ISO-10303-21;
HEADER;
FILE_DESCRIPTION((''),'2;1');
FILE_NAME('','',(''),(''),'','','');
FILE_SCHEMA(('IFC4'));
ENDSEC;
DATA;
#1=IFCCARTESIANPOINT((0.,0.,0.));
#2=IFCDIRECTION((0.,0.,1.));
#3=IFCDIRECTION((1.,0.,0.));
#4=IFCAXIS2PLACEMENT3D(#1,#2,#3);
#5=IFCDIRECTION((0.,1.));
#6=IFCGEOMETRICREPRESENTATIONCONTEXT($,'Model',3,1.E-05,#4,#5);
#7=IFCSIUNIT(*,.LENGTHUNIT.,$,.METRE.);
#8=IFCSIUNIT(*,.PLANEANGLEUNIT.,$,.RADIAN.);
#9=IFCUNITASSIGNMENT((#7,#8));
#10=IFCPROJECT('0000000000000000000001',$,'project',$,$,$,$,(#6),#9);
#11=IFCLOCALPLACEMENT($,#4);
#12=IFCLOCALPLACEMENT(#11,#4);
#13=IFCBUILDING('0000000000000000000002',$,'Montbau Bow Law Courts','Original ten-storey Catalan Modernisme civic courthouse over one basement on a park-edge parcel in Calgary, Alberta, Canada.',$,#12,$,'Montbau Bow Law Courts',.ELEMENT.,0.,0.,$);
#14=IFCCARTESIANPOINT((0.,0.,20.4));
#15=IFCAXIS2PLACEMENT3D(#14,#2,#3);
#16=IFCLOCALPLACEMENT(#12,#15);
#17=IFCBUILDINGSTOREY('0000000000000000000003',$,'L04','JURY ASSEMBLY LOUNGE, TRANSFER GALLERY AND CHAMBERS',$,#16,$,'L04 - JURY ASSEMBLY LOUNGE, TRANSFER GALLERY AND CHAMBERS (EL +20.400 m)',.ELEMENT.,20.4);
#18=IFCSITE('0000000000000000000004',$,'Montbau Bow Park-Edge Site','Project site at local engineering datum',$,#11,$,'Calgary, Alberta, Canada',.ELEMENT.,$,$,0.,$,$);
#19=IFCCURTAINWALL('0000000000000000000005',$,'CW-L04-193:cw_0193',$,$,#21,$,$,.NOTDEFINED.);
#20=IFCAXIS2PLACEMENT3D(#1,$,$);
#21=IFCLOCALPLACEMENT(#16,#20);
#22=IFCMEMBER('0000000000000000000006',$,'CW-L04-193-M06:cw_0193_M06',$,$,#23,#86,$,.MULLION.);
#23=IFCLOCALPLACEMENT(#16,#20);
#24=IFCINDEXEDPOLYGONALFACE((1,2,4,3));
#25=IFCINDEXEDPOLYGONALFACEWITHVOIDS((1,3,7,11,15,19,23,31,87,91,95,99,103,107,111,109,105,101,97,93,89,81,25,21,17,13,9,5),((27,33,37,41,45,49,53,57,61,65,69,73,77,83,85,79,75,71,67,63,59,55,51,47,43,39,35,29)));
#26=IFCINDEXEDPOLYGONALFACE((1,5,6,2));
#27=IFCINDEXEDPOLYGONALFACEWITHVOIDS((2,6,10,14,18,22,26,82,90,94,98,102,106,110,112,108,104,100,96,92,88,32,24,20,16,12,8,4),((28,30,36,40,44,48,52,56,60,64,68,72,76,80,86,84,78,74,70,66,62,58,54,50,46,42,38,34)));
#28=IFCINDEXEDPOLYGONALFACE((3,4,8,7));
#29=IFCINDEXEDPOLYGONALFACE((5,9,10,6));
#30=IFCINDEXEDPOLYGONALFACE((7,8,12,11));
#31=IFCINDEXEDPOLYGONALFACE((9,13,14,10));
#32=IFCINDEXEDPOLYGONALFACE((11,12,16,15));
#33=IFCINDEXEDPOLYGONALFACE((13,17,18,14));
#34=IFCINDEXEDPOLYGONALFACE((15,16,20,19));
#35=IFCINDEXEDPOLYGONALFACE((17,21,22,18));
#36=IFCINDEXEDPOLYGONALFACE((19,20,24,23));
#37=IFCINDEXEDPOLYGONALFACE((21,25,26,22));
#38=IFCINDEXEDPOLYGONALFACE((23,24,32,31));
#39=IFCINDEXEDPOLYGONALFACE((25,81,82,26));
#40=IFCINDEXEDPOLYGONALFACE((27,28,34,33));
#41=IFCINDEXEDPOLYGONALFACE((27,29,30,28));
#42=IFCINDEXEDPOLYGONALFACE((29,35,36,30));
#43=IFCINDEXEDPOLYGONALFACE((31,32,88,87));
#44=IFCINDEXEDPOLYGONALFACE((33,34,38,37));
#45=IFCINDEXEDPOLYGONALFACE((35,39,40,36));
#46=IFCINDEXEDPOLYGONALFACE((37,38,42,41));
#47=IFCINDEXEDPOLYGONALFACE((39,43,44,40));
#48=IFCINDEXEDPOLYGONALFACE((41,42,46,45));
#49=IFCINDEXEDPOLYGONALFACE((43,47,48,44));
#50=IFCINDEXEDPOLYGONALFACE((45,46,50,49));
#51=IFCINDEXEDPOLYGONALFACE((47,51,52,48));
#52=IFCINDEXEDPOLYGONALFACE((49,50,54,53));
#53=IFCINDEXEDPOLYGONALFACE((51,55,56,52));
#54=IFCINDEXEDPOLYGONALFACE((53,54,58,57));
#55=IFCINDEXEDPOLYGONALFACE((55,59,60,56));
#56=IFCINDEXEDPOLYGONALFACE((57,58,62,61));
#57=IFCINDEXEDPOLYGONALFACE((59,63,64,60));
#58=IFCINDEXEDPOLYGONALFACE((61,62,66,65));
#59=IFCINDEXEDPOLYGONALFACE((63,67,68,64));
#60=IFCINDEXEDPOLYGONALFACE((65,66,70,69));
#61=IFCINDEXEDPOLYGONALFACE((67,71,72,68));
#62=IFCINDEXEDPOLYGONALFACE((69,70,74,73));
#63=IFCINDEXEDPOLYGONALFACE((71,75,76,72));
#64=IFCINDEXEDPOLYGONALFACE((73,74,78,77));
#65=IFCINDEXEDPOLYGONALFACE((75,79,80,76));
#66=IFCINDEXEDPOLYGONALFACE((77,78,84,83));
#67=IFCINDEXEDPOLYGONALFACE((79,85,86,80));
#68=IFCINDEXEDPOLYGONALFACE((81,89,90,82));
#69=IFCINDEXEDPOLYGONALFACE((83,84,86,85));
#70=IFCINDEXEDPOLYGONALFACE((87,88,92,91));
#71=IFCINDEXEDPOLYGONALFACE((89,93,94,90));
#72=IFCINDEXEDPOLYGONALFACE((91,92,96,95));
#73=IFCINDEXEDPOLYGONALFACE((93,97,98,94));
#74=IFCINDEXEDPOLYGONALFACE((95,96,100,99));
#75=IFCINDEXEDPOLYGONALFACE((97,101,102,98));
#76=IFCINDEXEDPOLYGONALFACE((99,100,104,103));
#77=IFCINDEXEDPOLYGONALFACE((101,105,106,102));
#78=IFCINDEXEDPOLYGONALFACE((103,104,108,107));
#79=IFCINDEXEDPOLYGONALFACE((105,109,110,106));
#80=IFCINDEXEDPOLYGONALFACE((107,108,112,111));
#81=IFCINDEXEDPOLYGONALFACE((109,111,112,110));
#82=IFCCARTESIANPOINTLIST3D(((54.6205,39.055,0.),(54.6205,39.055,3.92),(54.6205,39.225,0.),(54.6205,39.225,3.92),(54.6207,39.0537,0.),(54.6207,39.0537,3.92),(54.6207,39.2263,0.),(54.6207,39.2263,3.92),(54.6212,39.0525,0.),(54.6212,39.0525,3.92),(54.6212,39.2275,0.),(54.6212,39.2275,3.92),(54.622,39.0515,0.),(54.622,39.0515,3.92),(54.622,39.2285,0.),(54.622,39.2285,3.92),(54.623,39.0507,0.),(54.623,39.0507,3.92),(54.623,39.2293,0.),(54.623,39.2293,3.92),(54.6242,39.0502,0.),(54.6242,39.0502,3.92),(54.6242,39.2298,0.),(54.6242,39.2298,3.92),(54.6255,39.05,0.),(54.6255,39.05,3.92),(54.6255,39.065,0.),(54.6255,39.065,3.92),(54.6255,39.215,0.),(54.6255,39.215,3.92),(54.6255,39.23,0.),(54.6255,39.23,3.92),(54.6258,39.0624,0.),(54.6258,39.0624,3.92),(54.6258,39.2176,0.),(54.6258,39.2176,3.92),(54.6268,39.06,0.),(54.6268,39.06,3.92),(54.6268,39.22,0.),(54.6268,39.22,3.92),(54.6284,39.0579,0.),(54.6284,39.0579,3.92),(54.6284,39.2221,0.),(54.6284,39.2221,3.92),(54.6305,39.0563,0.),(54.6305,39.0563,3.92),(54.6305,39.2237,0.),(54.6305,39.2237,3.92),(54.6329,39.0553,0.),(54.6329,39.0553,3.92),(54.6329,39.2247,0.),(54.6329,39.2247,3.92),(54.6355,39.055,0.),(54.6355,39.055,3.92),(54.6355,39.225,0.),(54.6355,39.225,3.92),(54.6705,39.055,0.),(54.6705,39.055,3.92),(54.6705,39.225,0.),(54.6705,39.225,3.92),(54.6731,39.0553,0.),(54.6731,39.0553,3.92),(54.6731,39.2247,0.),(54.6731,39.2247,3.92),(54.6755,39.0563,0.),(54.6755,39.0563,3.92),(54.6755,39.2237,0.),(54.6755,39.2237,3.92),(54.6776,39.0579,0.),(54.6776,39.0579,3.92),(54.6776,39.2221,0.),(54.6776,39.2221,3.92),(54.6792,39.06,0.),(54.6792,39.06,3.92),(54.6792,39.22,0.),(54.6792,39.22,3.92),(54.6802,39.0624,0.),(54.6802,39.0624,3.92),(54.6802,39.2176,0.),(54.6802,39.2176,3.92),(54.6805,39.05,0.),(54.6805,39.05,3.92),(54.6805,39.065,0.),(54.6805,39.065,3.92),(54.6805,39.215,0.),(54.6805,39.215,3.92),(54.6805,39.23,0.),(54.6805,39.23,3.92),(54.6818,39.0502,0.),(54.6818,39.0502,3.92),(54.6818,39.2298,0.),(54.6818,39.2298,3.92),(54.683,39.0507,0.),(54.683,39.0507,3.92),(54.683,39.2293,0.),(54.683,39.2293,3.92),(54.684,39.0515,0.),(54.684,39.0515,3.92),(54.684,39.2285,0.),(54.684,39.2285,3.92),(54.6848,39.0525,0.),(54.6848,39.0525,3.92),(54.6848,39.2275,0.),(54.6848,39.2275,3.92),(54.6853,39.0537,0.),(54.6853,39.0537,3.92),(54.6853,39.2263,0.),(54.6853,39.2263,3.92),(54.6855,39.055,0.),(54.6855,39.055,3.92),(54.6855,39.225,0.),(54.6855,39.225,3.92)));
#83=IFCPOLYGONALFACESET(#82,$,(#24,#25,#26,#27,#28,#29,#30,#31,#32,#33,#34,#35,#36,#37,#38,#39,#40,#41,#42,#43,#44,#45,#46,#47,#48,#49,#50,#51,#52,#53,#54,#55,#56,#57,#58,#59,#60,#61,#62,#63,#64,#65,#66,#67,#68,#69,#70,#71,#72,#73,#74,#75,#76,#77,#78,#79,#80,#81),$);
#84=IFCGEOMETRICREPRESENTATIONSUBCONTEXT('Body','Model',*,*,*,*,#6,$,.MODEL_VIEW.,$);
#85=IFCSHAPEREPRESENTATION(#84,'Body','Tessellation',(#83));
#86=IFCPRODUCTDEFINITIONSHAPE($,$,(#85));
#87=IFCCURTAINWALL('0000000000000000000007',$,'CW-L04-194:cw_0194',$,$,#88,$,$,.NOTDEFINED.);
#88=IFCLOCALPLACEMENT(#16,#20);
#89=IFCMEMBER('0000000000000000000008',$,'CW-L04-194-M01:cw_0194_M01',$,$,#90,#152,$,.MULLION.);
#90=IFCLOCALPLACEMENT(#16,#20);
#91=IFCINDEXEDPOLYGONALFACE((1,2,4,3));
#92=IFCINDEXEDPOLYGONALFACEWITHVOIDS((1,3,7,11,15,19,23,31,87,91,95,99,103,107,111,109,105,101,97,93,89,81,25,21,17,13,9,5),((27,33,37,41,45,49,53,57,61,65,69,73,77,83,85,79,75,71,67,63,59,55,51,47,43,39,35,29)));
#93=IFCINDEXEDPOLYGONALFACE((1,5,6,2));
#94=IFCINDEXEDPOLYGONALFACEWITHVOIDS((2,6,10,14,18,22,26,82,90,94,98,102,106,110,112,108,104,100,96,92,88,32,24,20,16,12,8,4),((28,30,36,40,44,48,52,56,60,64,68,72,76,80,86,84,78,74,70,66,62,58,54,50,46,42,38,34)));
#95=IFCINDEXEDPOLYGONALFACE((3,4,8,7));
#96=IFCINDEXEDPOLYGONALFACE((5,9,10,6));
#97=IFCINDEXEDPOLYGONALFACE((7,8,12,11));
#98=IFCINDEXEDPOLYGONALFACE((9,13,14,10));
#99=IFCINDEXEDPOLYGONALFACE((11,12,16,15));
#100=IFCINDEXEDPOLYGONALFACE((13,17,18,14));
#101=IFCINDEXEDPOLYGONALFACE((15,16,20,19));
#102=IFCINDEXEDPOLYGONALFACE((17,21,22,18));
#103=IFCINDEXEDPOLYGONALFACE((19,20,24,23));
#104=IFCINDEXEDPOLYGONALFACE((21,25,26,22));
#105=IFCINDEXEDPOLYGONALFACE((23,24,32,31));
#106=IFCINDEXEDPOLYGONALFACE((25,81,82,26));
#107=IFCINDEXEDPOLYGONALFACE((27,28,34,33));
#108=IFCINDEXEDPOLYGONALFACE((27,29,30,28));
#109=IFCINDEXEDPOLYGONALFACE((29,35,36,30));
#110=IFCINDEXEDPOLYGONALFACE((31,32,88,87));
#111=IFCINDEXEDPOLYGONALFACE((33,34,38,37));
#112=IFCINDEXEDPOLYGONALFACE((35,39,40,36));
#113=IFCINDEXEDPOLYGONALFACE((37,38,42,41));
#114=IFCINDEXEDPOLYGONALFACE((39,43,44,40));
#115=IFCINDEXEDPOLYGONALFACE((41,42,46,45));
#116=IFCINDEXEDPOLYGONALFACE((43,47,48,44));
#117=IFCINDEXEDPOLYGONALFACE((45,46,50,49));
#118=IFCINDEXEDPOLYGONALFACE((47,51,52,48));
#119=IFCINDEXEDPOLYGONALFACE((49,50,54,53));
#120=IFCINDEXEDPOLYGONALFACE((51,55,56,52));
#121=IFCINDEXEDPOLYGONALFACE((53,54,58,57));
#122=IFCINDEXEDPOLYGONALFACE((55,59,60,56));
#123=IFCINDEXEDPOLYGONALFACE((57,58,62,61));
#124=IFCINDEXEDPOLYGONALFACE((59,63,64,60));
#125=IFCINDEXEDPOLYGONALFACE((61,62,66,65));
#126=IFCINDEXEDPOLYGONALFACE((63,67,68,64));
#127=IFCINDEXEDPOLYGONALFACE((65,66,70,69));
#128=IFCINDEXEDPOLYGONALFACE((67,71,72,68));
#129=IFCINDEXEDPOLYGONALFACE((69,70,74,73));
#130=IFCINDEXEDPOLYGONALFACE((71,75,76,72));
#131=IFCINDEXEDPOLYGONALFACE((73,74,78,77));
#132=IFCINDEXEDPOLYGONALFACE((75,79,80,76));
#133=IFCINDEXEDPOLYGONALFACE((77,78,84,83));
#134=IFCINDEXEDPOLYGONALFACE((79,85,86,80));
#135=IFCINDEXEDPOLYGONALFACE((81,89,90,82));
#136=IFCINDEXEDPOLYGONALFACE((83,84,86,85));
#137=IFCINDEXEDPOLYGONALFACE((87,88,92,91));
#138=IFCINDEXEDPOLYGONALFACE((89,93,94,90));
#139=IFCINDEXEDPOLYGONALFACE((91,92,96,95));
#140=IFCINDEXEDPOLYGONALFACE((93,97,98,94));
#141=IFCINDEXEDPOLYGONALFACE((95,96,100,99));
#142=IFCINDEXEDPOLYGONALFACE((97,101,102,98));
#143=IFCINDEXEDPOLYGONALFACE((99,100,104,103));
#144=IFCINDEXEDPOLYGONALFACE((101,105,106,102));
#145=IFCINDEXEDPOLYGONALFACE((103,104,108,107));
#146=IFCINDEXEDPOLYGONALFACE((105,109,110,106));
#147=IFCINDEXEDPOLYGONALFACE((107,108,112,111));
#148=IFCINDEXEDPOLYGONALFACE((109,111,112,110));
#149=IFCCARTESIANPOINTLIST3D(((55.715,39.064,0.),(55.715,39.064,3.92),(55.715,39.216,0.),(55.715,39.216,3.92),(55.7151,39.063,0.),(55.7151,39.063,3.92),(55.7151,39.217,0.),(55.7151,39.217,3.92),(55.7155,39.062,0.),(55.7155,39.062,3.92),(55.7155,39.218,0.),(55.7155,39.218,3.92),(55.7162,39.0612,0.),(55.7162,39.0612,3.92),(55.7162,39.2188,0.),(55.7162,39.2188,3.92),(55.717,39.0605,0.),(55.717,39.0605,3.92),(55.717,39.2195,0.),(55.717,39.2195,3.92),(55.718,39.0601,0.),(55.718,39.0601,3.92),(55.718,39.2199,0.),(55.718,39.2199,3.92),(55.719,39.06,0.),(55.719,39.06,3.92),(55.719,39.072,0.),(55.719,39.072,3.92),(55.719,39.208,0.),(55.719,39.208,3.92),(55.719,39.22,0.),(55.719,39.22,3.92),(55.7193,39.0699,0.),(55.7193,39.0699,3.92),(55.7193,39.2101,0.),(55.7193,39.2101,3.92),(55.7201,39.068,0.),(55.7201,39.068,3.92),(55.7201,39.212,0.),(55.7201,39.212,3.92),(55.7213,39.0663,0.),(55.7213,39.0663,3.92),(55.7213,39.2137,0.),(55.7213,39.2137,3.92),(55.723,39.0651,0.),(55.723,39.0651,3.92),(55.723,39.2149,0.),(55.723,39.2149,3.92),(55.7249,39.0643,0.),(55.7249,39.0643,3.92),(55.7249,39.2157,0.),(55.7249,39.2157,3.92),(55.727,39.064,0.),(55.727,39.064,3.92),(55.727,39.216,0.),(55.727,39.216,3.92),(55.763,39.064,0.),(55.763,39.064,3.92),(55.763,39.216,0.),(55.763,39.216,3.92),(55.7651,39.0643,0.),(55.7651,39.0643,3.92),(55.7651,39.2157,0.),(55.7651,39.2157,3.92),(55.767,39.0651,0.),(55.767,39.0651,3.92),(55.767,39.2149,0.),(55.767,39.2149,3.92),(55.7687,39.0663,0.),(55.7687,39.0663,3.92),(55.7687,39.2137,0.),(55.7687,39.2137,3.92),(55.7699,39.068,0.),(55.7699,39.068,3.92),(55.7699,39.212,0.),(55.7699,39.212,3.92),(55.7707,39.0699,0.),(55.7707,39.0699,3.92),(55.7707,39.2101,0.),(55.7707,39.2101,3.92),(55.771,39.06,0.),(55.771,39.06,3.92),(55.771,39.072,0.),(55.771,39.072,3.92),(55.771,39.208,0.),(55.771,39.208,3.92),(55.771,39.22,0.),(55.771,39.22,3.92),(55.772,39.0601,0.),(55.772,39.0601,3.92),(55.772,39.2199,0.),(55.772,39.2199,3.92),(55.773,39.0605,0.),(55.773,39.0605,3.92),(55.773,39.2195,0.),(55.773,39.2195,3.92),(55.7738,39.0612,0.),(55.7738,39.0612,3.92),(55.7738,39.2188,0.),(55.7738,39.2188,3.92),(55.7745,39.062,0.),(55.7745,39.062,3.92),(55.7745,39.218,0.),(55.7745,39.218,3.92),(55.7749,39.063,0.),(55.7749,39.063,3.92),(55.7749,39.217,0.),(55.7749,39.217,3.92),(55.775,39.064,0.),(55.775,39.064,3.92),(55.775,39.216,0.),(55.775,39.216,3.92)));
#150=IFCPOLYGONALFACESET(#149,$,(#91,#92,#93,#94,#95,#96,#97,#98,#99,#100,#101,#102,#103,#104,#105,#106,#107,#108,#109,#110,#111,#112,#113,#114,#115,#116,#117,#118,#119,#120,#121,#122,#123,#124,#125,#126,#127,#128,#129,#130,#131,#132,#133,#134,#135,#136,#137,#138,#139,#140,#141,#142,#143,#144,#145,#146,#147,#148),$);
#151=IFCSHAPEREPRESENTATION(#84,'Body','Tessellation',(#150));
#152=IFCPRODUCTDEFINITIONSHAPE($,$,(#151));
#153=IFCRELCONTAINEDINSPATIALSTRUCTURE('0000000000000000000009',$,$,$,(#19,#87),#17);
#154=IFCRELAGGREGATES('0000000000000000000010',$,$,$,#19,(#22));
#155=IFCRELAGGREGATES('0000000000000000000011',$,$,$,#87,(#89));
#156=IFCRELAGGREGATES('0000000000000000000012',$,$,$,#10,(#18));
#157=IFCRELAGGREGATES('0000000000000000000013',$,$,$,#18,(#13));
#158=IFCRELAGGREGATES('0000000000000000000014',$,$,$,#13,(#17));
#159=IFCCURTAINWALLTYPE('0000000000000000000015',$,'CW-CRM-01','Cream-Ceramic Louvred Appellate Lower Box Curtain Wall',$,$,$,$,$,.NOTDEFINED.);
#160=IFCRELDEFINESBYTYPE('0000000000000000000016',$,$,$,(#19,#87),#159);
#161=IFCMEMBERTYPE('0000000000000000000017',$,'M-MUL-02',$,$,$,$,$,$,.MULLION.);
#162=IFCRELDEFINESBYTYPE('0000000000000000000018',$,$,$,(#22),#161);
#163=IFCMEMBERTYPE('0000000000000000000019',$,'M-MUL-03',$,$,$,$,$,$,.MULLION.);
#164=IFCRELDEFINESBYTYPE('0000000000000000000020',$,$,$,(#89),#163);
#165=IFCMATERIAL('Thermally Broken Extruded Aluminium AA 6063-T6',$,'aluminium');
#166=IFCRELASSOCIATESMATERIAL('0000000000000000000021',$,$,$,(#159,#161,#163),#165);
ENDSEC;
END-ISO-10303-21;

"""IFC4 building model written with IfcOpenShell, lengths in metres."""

from ifc_helpers import new_model, si_unit, direction, frame, origin_with_axes, origin_2d_with_axis, place, context, subcontext, project, spatial, hollow_rectangle, extrude, material, material_profile, profile_set, type_object, element, aggregate, save


model = new_model("IFC4")

# Units and contexts
model_context = context("Model", 3, precision=1e-05, world=origin_with_axes(), true_north=direction((0.0, 1.0)))
body_context = subcontext(model_context, "Body", "Model", "MODEL_VIEW")
ifc_project = project(units=[si_unit("LENGTHUNIT", "METRE"), si_unit("PLANEANGLEUNIT", "RADIAN")], contexts=[model_context])

# Site, building, storey
site_placement = place(None, origin_with_axes())
site = spatial("IfcSite", under=ifc_project, at=site_placement, Name="Montbau Bow Park-Edge Site", Description="Project site at local engineering datum", LongName="Calgary, Alberta, Canada", CompositionType="ELEMENT", RefElevation=0.0)
building_placement = place(site_placement, origin_with_axes())
building = spatial("IfcBuilding", under=site, at=building_placement, Name="Montbau Bow Law Courts", Description="Original ten-storey Catalan Modernisme civic courthouse over one basement on a park-edge parcel in Calgary, Alberta, Canada.", LongName="Montbau Bow Law Courts", CompositionType="ELEMENT", ElevationOfRefHeight=0.0, ElevationOfTerrain=0.0)
storey_placement = place(building_placement, frame((0.0, 0.0, 20.4), z_axis=(0.0, 0.0, 1.0), x_axis=(1.0, 0.0, 0.0)))
storey = spatial("IfcBuildingStorey", under=building, at=storey_placement, Name="L04", Description="JURY ASSEMBLY LOUNGE, TRANSFER GALLERY AND CHAMBERS", LongName="L04 - JURY ASSEMBLY LOUNGE, TRANSFER GALLERY AND CHAMBERS (EL +20.400 m)", CompositionType="ELEMENT", Elevation=20.4)

# Curtain walls, members
ifc_material_1 = material(Name="Thermally Broken Extruded Aluminium AA 6063-T6", Category="aluminium")
curtain_wall_type = type_object("IfcCurtainWallType", Name="CW-CRM-01", Description="Cream-Ceramic Louvred Appellate Lower Box Curtain Wall", PredefinedType="NOTDEFINED", material=ifc_material_1)
curtain_wall_1_placement = place(None, frame((47.315, 39.14, 20.4), z_axis=(0.0, 0.0, 1.0), x_axis=(1.0, 0.0, 0.0)))
curtain_wall_1 = element("IfcCurtainWall", 1, at=curtain_wall_1_placement, inside=storey, type_object=curtain_wall_type, Name="CW-L04-193:cw_0193", PredefinedType="NOTDEFINED")
ifc_material_profile_1 = material_profile(ifc_material_1, hollow_rectangle(XDim=0.065, YDim=0.18, WallThickness=0.005, InnerFilletRadius=0.01, OuterFilletRadius=0.005, at=origin_2d_with_axis()), Name="CWM-180X65", Category="Main", Priority=0)
ifc_profile_set_1 = profile_set([ifc_material_profile_1], Name="Thermally Broken Extruded Aluminium AA 6063-T6")
member_type_1 = type_object("IfcMemberType", Name="M-MUL-02", PredefinedType="MULLION", material=ifc_profile_set_1)
member_1_placement = place(None, frame((54.653, 39.14, 20.4), z_axis=(0.0, 0.0, 1.0), x_axis=(1.0, 0.0, 0.0)))
member_1 = element("IfcMember", 2, at=member_1_placement, type_object=member_type_1, Name="CW-L04-193-M06:cw_0193_M06", PredefinedType="MULLION", context=body_context, shape_type="SweptSolid", body=[
    extrude(hollow_rectangle(XDim=0.065, YDim=0.18, WallThickness=0.005, InnerFilletRadius=0.01, OuterFilletRadius=0.005, at=origin_2d_with_axis()), origin_with_axes(), (0.0, 0.0, 1.0), 3.92),
])
curtain_wall_2_placement = place(None, frame((55.715, 39.14, 20.4), z_axis=(0.0, 0.0, 1.0), x_axis=(1.0, 0.0, 0.0)))
curtain_wall_2 = element("IfcCurtainWall", 3, at=curtain_wall_2_placement, inside=storey, type_object=curtain_wall_type, Name="CW-L04-194:cw_0194", PredefinedType="NOTDEFINED")
ifc_material_profile_2 = material_profile(ifc_material_1, hollow_rectangle(XDim=0.06, YDim=0.16, WallThickness=0.004, InnerFilletRadius=0.008, OuterFilletRadius=0.004, at=origin_2d_with_axis()), Name="CWM-160X60", Category="Main", Priority=0)
ifc_profile_set_2 = profile_set([ifc_material_profile_2], Name="Thermally Broken Extruded Aluminium AA 6063-T6")
member_type_2 = type_object("IfcMemberType", Name="M-MUL-03", PredefinedType="MULLION", material=ifc_profile_set_2)
member_2_placement = place(None, frame((55.745, 39.14, 20.4), z_axis=(0.0, 0.0, 1.0), x_axis=(1.0, 0.0, 0.0)))
member_2 = element("IfcMember", 4, at=member_2_placement, type_object=member_type_2, Name="CW-L04-194-M01:cw_0194_M01", PredefinedType="MULLION", context=body_context, shape_type="SweptSolid", body=[
    extrude(hollow_rectangle(XDim=0.06, YDim=0.16, WallThickness=0.004, InnerFilletRadius=0.008, OuterFilletRadius=0.004, at=origin_2d_with_axis()), origin_with_axes(), (0.0, 0.0, 1.0), 3.92),
])

aggregate(curtain_wall_1, [member_1])
aggregate(curtain_wall_2, [member_2])

save(model, "model.ifc")
